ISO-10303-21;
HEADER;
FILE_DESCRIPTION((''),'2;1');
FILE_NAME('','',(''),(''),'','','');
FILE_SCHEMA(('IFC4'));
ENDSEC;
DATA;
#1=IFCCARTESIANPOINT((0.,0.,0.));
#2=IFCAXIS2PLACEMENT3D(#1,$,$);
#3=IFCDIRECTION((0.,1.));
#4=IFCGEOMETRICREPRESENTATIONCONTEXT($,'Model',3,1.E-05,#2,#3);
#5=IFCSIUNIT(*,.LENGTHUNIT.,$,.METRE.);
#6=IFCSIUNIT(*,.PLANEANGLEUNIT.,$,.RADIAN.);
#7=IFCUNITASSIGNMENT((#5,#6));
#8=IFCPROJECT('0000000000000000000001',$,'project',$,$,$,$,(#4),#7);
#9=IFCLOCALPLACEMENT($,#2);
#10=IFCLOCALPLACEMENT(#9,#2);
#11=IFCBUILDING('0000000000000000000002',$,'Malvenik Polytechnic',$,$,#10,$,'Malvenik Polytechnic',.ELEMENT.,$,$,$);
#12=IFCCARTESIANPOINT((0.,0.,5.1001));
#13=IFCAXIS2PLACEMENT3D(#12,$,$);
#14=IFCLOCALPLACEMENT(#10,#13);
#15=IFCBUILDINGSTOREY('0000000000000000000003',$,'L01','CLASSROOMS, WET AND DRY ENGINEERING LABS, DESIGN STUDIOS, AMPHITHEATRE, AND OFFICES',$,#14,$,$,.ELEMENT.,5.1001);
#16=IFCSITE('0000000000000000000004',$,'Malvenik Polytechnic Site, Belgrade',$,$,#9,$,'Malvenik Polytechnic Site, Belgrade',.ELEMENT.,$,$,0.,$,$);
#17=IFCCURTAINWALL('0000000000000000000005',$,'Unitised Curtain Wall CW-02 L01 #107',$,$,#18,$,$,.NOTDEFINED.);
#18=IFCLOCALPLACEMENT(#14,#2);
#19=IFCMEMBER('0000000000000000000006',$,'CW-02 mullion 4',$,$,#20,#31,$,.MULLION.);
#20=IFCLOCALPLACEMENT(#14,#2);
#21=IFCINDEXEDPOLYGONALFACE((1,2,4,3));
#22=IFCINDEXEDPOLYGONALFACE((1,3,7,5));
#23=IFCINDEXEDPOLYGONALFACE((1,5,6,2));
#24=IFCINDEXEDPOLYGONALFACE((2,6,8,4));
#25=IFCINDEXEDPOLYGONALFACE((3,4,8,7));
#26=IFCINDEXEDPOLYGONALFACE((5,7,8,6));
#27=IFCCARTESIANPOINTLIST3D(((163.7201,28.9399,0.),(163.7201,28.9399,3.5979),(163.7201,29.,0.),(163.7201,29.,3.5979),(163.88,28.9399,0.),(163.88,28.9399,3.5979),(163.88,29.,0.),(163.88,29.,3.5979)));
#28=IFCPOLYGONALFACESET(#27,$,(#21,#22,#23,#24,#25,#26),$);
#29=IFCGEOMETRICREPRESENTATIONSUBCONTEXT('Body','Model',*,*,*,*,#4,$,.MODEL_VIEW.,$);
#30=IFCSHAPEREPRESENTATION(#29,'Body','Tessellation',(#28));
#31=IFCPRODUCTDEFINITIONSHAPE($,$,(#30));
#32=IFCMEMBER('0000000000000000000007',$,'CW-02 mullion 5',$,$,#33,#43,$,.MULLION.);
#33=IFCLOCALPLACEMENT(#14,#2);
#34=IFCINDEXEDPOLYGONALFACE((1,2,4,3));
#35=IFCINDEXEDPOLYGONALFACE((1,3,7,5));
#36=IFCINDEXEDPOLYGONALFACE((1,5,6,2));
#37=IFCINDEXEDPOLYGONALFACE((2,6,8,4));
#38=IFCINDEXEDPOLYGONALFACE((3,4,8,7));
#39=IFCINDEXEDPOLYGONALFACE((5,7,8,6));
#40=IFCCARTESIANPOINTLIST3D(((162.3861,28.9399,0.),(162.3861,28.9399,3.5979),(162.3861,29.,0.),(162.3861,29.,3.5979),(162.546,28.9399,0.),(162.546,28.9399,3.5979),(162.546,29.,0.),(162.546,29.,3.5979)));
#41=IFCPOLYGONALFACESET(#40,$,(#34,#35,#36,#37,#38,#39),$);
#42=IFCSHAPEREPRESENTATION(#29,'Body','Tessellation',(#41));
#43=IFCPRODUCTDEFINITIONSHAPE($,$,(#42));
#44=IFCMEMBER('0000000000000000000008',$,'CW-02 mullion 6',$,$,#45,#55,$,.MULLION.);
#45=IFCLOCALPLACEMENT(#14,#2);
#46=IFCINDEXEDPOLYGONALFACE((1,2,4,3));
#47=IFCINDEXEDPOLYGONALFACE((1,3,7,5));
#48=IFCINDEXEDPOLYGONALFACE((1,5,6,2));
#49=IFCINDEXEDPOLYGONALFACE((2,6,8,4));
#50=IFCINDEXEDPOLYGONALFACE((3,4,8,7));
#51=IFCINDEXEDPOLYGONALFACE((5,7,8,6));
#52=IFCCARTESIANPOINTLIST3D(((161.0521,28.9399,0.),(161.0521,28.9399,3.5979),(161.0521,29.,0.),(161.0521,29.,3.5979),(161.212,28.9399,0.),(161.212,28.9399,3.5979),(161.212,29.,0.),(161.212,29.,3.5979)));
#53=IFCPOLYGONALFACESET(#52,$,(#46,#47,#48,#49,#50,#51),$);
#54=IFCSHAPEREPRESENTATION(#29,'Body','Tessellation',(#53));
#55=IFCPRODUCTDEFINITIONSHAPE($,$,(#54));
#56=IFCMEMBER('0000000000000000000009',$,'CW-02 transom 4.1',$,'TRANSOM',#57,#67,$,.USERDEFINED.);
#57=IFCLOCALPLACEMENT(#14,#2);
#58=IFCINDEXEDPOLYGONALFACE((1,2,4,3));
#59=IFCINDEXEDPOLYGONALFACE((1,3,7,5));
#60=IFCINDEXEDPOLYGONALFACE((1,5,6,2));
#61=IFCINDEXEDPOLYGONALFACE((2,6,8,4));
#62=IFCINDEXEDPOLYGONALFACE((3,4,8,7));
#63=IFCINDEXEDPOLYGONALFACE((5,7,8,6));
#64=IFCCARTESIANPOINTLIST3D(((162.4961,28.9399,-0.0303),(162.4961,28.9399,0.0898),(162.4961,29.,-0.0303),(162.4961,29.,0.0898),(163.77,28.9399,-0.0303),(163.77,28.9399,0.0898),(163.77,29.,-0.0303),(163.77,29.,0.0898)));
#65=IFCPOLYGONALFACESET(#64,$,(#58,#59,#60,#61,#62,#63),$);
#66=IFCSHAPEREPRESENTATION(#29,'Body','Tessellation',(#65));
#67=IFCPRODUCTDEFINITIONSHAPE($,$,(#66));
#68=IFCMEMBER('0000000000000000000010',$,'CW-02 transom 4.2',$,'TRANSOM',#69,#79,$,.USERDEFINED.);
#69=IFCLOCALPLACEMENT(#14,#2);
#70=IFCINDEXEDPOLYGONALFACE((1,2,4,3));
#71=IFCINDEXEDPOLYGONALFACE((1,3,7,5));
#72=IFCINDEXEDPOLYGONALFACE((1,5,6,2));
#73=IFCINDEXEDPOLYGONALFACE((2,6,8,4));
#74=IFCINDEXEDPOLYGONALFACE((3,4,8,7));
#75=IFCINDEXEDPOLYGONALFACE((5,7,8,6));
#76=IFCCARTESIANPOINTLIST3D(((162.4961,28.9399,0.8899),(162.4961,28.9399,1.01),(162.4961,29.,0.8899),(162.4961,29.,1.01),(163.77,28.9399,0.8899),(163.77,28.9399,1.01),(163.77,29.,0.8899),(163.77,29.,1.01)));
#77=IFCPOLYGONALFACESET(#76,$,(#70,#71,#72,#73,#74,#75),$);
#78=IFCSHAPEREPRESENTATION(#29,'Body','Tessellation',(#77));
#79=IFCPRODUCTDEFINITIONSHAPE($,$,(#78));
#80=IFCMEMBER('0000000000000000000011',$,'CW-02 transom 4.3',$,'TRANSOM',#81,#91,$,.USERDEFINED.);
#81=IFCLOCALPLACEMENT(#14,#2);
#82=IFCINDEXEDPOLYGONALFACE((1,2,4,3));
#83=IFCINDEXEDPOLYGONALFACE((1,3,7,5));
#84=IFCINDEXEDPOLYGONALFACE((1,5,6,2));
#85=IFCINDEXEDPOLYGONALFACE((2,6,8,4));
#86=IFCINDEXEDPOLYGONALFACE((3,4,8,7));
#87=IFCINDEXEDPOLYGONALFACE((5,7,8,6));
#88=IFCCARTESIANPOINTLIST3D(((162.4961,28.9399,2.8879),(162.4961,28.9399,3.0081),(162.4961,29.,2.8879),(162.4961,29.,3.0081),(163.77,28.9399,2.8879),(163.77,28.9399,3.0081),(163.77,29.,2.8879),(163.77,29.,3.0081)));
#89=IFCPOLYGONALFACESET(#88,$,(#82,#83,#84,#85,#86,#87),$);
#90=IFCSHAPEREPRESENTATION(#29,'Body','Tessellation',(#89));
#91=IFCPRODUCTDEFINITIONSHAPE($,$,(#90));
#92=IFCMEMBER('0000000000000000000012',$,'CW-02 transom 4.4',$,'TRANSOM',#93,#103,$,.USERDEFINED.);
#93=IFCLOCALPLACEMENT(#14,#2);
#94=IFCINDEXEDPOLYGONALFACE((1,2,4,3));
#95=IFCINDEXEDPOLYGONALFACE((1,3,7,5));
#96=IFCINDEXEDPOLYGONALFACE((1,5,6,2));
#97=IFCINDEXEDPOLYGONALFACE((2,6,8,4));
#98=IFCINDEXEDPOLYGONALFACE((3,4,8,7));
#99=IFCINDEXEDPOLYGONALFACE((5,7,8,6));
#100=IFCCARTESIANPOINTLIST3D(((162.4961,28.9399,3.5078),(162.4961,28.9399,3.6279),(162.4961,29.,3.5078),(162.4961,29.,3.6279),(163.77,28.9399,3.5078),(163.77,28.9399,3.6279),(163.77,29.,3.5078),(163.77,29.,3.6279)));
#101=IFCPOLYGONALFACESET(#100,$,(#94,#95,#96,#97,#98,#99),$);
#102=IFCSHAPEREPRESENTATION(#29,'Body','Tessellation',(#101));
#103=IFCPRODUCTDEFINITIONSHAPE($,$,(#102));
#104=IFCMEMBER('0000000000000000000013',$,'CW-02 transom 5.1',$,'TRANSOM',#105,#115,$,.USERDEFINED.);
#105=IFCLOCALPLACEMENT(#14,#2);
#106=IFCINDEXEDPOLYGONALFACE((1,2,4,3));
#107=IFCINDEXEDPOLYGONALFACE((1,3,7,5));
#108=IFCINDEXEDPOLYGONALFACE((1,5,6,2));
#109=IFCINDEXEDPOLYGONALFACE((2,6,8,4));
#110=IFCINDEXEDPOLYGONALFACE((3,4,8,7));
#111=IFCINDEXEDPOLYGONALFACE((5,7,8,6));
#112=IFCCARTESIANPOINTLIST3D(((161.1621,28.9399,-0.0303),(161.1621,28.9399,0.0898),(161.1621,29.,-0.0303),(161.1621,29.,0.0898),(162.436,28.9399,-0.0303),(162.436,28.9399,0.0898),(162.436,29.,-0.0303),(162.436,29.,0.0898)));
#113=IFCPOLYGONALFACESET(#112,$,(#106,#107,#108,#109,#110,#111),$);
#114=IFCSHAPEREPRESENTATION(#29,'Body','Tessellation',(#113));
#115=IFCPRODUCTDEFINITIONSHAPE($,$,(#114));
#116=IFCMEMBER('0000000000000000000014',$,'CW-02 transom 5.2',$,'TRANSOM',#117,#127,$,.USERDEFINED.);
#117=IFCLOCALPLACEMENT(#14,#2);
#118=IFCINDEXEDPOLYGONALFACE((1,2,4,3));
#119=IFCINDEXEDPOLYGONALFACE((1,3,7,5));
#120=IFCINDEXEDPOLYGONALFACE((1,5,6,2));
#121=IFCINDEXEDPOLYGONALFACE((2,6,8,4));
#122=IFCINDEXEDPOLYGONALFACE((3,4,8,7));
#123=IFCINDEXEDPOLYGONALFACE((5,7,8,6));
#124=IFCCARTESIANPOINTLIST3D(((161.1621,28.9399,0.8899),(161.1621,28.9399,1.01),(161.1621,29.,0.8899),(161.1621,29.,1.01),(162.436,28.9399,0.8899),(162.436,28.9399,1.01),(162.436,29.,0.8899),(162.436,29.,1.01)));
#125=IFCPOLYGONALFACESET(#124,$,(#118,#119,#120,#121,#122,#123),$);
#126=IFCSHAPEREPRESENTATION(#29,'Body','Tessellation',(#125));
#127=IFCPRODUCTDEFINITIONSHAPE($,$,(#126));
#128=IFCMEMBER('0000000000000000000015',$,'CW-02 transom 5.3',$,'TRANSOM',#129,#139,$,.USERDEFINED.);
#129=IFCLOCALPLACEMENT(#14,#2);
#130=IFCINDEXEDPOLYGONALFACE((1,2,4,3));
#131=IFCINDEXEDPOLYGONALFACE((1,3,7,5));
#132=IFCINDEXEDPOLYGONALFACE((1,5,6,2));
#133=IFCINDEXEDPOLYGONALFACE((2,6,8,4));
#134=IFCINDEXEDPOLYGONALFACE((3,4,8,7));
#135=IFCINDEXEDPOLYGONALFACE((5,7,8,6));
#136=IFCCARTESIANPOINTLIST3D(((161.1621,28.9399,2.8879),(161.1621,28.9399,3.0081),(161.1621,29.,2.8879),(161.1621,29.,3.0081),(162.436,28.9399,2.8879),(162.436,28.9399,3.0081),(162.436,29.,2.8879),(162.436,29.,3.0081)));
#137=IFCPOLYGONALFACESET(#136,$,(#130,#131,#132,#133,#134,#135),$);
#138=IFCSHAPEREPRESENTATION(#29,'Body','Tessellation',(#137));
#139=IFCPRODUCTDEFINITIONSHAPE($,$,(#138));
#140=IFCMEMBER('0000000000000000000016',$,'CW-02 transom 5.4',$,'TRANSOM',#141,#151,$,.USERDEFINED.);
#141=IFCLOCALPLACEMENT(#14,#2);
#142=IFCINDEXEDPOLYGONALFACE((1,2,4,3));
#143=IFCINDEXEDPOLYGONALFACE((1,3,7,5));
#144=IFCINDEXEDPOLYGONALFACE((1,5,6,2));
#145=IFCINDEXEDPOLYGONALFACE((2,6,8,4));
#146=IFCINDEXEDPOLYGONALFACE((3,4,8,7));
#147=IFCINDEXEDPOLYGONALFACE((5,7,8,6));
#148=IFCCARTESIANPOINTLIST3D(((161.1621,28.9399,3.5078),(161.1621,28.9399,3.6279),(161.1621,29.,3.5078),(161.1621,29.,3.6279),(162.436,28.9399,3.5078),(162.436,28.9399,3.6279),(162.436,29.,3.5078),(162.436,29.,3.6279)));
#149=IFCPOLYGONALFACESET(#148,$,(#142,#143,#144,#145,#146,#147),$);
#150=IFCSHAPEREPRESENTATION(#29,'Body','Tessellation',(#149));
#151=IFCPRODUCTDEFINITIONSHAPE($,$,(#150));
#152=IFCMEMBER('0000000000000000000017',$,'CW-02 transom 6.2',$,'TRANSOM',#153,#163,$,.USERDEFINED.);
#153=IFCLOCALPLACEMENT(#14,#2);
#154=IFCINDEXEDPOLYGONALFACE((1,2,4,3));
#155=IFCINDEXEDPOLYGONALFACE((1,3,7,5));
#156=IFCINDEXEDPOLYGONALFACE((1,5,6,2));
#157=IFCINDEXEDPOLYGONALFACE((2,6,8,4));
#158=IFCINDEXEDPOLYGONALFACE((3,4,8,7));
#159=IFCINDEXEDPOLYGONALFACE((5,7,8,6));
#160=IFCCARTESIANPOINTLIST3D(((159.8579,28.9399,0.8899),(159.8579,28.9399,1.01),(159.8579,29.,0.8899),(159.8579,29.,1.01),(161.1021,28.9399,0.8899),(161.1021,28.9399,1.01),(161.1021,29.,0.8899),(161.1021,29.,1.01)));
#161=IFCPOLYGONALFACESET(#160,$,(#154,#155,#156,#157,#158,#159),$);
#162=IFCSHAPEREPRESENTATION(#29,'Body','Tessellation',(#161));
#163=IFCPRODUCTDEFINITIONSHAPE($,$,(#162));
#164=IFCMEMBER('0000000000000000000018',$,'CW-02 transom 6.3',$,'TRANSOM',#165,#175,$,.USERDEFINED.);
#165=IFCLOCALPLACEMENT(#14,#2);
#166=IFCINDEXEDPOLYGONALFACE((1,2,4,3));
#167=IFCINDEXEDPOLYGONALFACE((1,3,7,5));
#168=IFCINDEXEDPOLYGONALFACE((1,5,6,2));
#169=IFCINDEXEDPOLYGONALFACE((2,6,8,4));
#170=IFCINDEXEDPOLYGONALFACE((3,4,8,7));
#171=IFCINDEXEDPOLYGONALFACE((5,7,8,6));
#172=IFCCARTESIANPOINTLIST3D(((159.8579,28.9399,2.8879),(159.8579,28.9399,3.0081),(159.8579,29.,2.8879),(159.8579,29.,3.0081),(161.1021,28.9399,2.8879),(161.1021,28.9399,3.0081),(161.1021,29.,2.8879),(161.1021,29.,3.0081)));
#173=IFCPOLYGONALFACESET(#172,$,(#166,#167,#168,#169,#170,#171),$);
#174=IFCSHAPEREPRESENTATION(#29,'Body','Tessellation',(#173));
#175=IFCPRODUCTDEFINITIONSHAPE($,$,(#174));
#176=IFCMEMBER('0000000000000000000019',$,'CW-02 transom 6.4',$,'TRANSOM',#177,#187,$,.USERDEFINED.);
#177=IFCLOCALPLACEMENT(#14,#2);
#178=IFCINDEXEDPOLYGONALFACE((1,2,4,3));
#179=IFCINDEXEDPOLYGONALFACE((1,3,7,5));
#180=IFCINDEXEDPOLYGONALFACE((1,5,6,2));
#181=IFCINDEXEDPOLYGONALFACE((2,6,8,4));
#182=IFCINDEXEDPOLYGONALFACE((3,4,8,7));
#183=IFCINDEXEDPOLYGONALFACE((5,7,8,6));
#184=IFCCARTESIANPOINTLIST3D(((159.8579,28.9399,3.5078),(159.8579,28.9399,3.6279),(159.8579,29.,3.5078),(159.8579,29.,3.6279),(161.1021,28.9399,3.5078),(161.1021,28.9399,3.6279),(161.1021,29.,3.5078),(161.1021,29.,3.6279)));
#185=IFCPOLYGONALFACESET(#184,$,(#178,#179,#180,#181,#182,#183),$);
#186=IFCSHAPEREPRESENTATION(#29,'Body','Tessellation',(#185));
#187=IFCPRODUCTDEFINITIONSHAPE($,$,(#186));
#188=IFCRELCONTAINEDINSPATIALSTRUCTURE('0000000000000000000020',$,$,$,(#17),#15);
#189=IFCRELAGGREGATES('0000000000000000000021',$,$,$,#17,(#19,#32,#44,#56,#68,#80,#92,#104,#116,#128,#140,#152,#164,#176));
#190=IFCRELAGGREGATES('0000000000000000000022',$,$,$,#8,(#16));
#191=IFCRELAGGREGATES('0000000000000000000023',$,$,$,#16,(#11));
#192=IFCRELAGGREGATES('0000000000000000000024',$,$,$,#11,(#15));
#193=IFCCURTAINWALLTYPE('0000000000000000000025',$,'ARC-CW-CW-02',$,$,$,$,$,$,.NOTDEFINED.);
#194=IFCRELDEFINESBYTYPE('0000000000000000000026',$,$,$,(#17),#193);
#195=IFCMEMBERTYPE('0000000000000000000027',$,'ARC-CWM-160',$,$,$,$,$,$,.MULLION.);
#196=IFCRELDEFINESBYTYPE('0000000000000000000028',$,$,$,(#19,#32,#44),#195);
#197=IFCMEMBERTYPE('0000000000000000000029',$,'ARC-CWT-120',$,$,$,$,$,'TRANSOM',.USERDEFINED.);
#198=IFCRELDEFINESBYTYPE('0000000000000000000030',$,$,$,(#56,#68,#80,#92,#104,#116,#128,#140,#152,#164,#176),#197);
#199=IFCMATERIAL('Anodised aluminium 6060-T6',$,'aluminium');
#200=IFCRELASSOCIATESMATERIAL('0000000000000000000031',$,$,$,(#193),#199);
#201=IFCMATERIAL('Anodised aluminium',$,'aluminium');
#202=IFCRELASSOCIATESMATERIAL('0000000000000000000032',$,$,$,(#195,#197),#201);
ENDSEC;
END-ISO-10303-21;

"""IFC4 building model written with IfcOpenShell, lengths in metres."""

from ifc_helpers import new_model, si_unit, direction, frame, origin, origin_2d, place, context, subcontext, project, spatial, rectangle, extrude, material, material_profile, profile_set, type_object, element, aggregate, save


model = new_model("IFC4")

# Units and contexts
model_context = context("Model", 3, precision=1e-05, world=origin(), true_north=direction((0.0, 1.0)))
body_context = subcontext(model_context, "Body", "Model", "MODEL_VIEW")
ifc_project = project(units=[si_unit("LENGTHUNIT", "METRE"), si_unit("PLANEANGLEUNIT", "RADIAN")], contexts=[model_context])

# Site, building, storey
site_placement = place(None, origin())
site = spatial("IfcSite", under=ifc_project, at=site_placement, Name="Malvenik Polytechnic Site, Belgrade", LongName="Malvenik Polytechnic Site, Belgrade", CompositionType="ELEMENT", RefElevation=0.0)
building_placement = place(site_placement, origin())
building = spatial("IfcBuilding", under=site, at=building_placement, Name="Malvenik Polytechnic", LongName="Malvenik Polytechnic", CompositionType="ELEMENT")
storey_placement = place(building_placement, frame((0.0, 0.0, 5.1001)))
storey = spatial("IfcBuildingStorey", under=building, at=storey_placement, Name="L01", Description="CLASSROOMS, WET AND DRY ENGINEERING LABS, DESIGN STUDIOS, AMPHITHEATRE, AND OFFICES", CompositionType="ELEMENT", Elevation=5.1001)

# Curtain wall, members
ifc_material_1 = material(Name="Anodised aluminium 6060-T6", Category="aluminium")
curtain_wall_type = type_object("IfcCurtainWallType", Name="ARC-CW-CW-02", PredefinedType="NOTDEFINED", material=ifc_material_1)
curtain_wall_placement = place(storey_placement, origin())
curtain_wall = element("IfcCurtainWall", 1, at=curtain_wall_placement, inside=storey, type_object=curtain_wall_type, Name="Unitised Curtain Wall CW-02 L01 #107", PredefinedType="NOTDEFINED")
ifc_material_2 = material(Name="Anodised aluminium", Category="aluminium")
ifc_material_profile_1 = material_profile(ifc_material_2, rectangle(XDim=0.0601, YDim=0.1599, at=origin_2d()), Name="ALU MULLION 60x160")
ifc_profile_set_1 = profile_set([ifc_material_profile_1], Name="Anodised aluminium")
member_type_1 = type_object("IfcMemberType", Name="ARC-CWM-160", PredefinedType="MULLION", material=ifc_profile_set_1)
member_1_placement = place(storey_placement, frame((163.8, 28.97, 0.0), z_axis=(0.0, 0.0, 1.0), x_axis=(0.0, -1.0, 0.0)))
member_1 = element("IfcMember", 2, at=member_1_placement, type_object=member_type_1, Name="CW-02 mullion 4", PredefinedType="MULLION", context=body_context, shape_type="SweptSolid", body=[
    extrude(rectangle(XDim=0.0601, YDim=0.1599, at=origin_2d()), origin(), (0.0, 0.0, 1.0), 3.5979),
])
member_2_placement = place(storey_placement, frame((162.4661, 28.97, 0.0), z_axis=(0.0, 0.0, 1.0), x_axis=(0.0, -1.0, 0.0)))
member_2 = element("IfcMember", 3, at=member_2_placement, type_object=member_type_1, Name="CW-02 mullion 5", PredefinedType="MULLION", context=body_context, shape_type="SweptSolid", body=[
    extrude(rectangle(XDim=0.0601, YDim=0.1599, at=origin_2d()), origin(), (0.0, 0.0, 1.0), 3.5979),
])
member_3_placement = place(storey_placement, frame((161.1321, 28.97, 0.0), z_axis=(0.0, 0.0, 1.0), x_axis=(0.0, -1.0, 0.0)))
member_3 = element("IfcMember", 4, at=member_3_placement, type_object=member_type_1, Name="CW-02 mullion 6", PredefinedType="MULLION", context=body_context, shape_type="SweptSolid", body=[
    extrude(rectangle(XDim=0.0601, YDim=0.1599, at=origin_2d()), origin(), (0.0, 0.0, 1.0), 3.5979),
])
ifc_material_profile_2 = material_profile(ifc_material_2, rectangle(XDim=0.0601, YDim=0.1201, at=origin_2d()), Name="ALU TRANSOM 60x120")
ifc_profile_set_2 = profile_set([ifc_material_profile_2], Name="Anodised aluminium")
member_type_2 = type_object("IfcMemberType", Name="ARC-CWT-120", ElementType="TRANSOM", PredefinedType="USERDEFINED", material=ifc_profile_set_2)
member_4_placement = place(storey_placement, frame((163.77, 28.97, 0.0298), z_axis=(-1.0, 0.0, 0.0), x_axis=(0.0, -1.0, 0.0)))
member_4 = element("IfcMember", 5, at=member_4_placement, type_object=member_type_2, Name="CW-02 transom 4.1", ObjectType="TRANSOM", PredefinedType="USERDEFINED", context=body_context, shape_type="SweptSolid", body=[
    extrude(rectangle(XDim=0.0601, YDim=0.1201, at=origin_2d()), origin(), (0.0, 0.0, 1.0), 1.2739),
])
member_5_placement = place(storey_placement, frame((163.77, 28.97, 0.95), z_axis=(-1.0, 0.0, 0.0), x_axis=(0.0, -1.0, 0.0)))
member_5 = element("IfcMember", 6, at=member_5_placement, type_object=member_type_2, Name="CW-02 transom 4.2", ObjectType="TRANSOM", PredefinedType="USERDEFINED", context=body_context, shape_type="SweptSolid", body=[
    extrude(rectangle(XDim=0.0601, YDim=0.1201, at=origin_2d()), origin(), (0.0, 0.0, 1.0), 1.2739),
])
member_6_placement = place(storey_placement, frame((163.77, 28.97, 2.948), z_axis=(-1.0, 0.0, 0.0), x_axis=(0.0, -1.0, 0.0)))
member_6 = element("IfcMember", 7, at=member_6_placement, type_object=member_type_2, Name="CW-02 transom 4.3", ObjectType="TRANSOM", PredefinedType="USERDEFINED", context=body_context, shape_type="SweptSolid", body=[
    extrude(rectangle(XDim=0.0601, YDim=0.1201, at=origin_2d()), origin(), (0.0, 0.0, 1.0), 1.2739),
])
member_7_placement = place(storey_placement, frame((163.77, 28.97, 3.5679), z_axis=(-1.0, 0.0, 0.0), x_axis=(0.0, -1.0, 0.0)))
member_7 = element("IfcMember", 8, at=member_7_placement, type_object=member_type_2, Name="CW-02 transom 4.4", ObjectType="TRANSOM", PredefinedType="USERDEFINED", context=body_context, shape_type="SweptSolid", body=[
    extrude(rectangle(XDim=0.0601, YDim=0.1201, at=origin_2d()), origin(), (0.0, 0.0, 1.0), 1.2739),
])
member_8_placement = place(storey_placement, frame((162.436, 28.97, 0.0298), z_axis=(-1.0, 0.0, 0.0), x_axis=(0.0, -1.0, 0.0)))
member_8 = element("IfcMember", 9, at=member_8_placement, type_object=member_type_2, Name="CW-02 transom 5.1", ObjectType="TRANSOM", PredefinedType="USERDEFINED", context=body_context, shape_type="SweptSolid", body=[
    extrude(rectangle(XDim=0.0601, YDim=0.1201, at=origin_2d()), origin(), (0.0, 0.0, 1.0), 1.2739),
])
member_9_placement = place(storey_placement, frame((162.436, 28.97, 0.95), z_axis=(-1.0, 0.0, 0.0), x_axis=(0.0, -1.0, 0.0)))
member_9 = element("IfcMember", 10, at=member_9_placement, type_object=member_type_2, Name="CW-02 transom 5.2", ObjectType="TRANSOM", PredefinedType="USERDEFINED", context=body_context, shape_type="SweptSolid", body=[
    extrude(rectangle(XDim=0.0601, YDim=0.1201, at=origin_2d()), origin(), (0.0, 0.0, 1.0), 1.2739),
])
member_10_placement = place(storey_placement, frame((162.436, 28.97, 2.948), z_axis=(-1.0, 0.0, 0.0), x_axis=(0.0, -1.0, 0.0)))
member_10 = element("IfcMember", 11, at=member_10_placement, type_object=member_type_2, Name="CW-02 transom 5.3", ObjectType="TRANSOM", PredefinedType="USERDEFINED", context=body_context, shape_type="SweptSolid", body=[
    extrude(rectangle(XDim=0.0601, YDim=0.1201, at=origin_2d()), origin(), (0.0, 0.0, 1.0), 1.2739),
])
member_11_placement = place(storey_placement, frame((162.436, 28.97, 3.5679), z_axis=(-1.0, 0.0, 0.0), x_axis=(0.0, -1.0, 0.0)))
member_11 = element("IfcMember", 12, at=member_11_placement, type_object=member_type_2, Name="CW-02 transom 5.4", ObjectType="TRANSOM", PredefinedType="USERDEFINED", context=body_context, shape_type="SweptSolid", body=[
    extrude(rectangle(XDim=0.0601, YDim=0.1201, at=origin_2d()), origin(), (0.0, 0.0, 1.0), 1.2739),
])
member_12_placement = place(storey_placement, frame((161.1021, 28.97, 0.95), z_axis=(-1.0, 0.0, 0.0), x_axis=(0.0, -1.0, 0.0)))
member_12 = element("IfcMember", 13, at=member_12_placement, type_object=member_type_2, Name="CW-02 transom 6.2", ObjectType="TRANSOM", PredefinedType="USERDEFINED", context=body_context, shape_type="SweptSolid", body=[
    extrude(rectangle(XDim=0.0601, YDim=0.1201, at=origin_2d()), origin(), (0.0, 0.0, 1.0), 1.2441),
])
member_13_placement = place(storey_placement, frame((161.1021, 28.97, 2.948), z_axis=(-1.0, 0.0, 0.0), x_axis=(0.0, -1.0, 0.0)))
member_13 = element("IfcMember", 14, at=member_13_placement, type_object=member_type_2, Name="CW-02 transom 6.3", ObjectType="TRANSOM", PredefinedType="USERDEFINED", context=body_context, shape_type="SweptSolid", body=[
    extrude(rectangle(XDim=0.0601, YDim=0.1201, at=origin_2d()), origin(), (0.0, 0.0, 1.0), 1.2441),
])
member_14_placement = place(storey_placement, frame((161.1021, 28.97, 3.5679), z_axis=(-1.0, 0.0, 0.0), x_axis=(0.0, -1.0, 0.0)))
member_14 = element("IfcMember", 15, at=member_14_placement, type_object=member_type_2, Name="CW-02 transom 6.4", ObjectType="TRANSOM", PredefinedType="USERDEFINED", context=body_context, shape_type="SweptSolid", body=[
    extrude(rectangle(XDim=0.0601, YDim=0.1201, at=origin_2d()), origin(), (0.0, 0.0, 1.0), 1.2441),
])
aggregate(curtain_wall, [member_1, member_2, member_3, member_4, member_5, member_6, member_7, member_8, member_9, member_10, member_11, member_12, member_13, member_14])

save(model, "model.ifc")
